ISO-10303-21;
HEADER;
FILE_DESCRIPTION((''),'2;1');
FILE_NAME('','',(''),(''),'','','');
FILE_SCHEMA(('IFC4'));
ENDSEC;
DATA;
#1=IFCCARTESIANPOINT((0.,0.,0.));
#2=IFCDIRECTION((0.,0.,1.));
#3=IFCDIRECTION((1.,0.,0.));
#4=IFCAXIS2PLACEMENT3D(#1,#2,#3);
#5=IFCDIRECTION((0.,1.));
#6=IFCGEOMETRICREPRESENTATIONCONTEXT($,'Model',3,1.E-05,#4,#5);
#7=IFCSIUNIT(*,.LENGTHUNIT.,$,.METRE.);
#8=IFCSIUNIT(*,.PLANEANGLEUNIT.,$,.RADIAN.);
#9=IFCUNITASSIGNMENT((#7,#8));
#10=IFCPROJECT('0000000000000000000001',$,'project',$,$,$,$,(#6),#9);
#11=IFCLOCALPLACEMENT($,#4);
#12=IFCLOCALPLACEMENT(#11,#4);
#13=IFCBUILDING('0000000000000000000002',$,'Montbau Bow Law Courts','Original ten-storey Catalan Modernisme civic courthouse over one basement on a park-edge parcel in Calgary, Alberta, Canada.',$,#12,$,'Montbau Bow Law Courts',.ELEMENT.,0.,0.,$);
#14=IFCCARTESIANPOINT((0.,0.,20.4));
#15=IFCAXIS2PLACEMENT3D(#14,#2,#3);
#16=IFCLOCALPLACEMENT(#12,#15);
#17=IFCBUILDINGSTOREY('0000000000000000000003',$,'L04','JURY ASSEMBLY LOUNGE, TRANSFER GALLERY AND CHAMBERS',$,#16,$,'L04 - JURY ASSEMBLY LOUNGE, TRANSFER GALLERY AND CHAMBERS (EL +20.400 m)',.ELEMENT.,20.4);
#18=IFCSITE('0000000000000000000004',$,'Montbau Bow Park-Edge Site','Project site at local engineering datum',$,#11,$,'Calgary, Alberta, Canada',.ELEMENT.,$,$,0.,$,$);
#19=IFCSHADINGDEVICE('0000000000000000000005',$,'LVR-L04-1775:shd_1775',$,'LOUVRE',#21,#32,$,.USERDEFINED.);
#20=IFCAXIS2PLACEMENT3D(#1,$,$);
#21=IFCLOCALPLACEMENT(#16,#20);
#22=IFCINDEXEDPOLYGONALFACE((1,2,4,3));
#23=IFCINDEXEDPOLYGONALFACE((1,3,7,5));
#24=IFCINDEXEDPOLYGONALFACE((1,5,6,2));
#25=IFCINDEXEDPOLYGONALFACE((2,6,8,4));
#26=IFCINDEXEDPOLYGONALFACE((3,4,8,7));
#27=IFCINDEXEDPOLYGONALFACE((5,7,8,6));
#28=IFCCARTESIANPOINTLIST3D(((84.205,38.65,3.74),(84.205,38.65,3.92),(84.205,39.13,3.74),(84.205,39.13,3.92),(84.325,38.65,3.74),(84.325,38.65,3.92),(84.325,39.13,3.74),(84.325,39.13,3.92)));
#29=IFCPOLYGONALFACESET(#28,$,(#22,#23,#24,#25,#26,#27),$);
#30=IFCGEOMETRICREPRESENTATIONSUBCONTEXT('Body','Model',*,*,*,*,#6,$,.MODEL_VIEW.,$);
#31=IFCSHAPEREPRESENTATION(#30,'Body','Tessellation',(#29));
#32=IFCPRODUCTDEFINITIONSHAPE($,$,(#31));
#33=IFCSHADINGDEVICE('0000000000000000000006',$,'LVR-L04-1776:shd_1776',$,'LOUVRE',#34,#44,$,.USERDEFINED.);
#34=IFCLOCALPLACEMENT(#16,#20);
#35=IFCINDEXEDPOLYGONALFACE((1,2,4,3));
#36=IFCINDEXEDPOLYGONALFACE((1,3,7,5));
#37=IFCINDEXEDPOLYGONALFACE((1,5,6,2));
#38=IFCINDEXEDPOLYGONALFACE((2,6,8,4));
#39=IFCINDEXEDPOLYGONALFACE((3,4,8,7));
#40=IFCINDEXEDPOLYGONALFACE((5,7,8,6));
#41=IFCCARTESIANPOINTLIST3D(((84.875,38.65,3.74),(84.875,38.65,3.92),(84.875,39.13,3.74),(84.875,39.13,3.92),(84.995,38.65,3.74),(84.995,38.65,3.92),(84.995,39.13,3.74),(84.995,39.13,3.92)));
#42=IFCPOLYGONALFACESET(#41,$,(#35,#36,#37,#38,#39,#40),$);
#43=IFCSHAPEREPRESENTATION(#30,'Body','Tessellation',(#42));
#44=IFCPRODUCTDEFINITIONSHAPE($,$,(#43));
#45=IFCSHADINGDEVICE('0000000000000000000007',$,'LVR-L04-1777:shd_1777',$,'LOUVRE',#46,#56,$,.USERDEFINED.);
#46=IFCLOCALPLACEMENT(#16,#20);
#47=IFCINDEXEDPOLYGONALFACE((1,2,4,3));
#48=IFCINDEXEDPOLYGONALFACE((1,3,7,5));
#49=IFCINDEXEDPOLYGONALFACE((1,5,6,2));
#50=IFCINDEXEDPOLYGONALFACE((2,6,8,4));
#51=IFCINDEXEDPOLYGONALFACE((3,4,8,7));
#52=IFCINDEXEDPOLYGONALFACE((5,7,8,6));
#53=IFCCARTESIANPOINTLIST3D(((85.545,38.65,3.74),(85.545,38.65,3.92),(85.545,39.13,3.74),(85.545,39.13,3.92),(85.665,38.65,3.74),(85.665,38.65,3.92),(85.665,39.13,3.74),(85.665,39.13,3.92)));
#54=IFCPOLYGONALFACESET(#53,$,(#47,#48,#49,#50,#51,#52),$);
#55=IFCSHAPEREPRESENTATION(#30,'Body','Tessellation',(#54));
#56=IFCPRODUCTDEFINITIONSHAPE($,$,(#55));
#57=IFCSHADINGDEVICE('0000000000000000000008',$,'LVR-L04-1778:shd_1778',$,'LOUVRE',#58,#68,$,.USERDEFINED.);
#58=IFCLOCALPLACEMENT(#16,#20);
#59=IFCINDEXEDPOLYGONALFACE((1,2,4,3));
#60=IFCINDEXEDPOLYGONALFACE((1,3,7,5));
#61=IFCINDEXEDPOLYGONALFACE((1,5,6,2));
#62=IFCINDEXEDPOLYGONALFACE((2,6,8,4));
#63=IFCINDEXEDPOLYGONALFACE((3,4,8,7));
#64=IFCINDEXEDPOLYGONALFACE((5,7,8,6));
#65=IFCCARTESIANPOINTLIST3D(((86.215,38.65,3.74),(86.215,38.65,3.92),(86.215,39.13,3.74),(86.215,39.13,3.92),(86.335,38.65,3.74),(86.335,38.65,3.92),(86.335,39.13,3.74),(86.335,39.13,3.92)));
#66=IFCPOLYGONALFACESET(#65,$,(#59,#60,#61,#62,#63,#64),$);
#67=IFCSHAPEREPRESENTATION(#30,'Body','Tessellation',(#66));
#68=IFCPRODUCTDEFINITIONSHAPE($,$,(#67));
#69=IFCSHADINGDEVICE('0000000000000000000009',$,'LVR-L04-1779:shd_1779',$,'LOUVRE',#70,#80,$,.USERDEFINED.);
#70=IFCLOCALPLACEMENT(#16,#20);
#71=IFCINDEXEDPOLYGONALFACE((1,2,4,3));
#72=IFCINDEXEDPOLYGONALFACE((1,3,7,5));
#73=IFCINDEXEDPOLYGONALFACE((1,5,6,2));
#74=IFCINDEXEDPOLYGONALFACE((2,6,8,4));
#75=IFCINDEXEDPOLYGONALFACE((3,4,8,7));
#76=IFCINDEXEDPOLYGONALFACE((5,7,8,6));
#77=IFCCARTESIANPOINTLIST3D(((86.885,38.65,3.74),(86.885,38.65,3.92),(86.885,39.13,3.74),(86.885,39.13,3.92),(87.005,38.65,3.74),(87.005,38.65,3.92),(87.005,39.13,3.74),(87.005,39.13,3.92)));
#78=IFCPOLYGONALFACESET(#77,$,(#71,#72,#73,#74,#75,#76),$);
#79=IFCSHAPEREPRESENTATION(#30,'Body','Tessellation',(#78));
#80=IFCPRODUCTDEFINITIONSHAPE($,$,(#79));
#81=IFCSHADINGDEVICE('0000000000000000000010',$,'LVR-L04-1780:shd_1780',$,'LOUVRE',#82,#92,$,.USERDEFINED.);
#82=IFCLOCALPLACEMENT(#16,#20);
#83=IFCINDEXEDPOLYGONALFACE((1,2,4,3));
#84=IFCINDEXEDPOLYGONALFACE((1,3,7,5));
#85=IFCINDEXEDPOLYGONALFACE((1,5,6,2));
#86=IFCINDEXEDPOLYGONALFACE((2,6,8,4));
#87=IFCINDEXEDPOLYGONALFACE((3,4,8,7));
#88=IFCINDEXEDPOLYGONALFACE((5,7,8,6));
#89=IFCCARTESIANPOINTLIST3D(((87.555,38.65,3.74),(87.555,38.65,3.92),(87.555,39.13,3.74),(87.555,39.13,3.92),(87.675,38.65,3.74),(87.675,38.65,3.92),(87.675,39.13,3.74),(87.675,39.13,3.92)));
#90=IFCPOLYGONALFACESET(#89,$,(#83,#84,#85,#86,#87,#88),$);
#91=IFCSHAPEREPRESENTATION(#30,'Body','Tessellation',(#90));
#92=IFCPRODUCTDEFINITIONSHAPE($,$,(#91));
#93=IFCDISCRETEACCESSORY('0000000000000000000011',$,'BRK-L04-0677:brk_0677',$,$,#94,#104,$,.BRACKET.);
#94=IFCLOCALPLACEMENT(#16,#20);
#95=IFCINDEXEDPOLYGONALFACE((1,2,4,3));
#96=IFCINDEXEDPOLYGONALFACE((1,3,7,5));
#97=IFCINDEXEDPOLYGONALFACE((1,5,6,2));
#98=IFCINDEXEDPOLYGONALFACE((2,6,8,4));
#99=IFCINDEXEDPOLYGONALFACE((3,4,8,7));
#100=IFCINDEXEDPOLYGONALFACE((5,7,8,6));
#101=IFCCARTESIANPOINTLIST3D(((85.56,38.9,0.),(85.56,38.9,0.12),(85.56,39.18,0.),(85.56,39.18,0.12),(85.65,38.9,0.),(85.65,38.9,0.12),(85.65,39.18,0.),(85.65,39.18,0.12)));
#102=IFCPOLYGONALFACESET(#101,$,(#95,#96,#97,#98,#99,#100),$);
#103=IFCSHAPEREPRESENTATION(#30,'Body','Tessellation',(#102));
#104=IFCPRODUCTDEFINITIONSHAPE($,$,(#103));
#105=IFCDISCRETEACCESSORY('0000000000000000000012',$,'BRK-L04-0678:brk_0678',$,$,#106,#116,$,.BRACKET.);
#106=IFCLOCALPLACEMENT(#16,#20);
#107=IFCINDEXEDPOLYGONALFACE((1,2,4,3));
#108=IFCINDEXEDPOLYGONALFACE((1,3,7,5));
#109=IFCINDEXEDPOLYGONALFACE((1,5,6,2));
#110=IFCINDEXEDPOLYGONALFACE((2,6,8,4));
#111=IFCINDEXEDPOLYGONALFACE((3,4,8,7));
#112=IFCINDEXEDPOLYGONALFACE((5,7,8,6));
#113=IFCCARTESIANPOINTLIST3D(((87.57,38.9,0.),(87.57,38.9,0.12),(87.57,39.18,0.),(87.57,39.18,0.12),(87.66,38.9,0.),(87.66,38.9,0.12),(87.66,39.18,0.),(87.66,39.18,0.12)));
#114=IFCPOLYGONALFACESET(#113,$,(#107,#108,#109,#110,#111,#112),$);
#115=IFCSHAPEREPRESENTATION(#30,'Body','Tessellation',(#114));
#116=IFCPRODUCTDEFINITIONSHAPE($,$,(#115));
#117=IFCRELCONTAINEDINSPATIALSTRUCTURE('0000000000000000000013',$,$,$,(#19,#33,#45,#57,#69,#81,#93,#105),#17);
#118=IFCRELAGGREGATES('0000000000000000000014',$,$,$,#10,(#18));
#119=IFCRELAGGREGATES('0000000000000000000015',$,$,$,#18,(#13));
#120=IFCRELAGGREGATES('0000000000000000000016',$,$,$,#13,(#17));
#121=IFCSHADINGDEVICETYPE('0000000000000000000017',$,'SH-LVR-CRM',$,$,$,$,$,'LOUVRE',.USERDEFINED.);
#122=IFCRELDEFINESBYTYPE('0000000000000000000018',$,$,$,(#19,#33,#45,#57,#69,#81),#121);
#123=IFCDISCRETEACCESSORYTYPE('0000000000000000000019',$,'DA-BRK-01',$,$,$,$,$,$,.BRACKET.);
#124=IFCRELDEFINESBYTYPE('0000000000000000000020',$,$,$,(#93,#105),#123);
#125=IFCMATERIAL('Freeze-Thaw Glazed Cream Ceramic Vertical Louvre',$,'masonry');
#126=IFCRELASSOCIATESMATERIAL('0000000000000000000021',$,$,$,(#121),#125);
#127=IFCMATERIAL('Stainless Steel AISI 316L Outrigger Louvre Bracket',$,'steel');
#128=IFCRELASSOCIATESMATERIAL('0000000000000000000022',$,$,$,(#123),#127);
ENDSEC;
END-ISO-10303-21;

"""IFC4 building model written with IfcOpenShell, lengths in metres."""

from ifc_helpers import new_model, si_unit, direction, frame, origin_with_axes, origin_2d_with_axis, place, context, subcontext, project, spatial, rectangle, extrude, material, type_object, element, save


model = new_model("IFC4")

# Units and contexts
model_context = context("Model", 3, precision=1e-05, world=origin_with_axes(), true_north=direction((0.0, 1.0)))
body_context = subcontext(model_context, "Body", "Model", "MODEL_VIEW")
ifc_project = project(units=[si_unit("LENGTHUNIT", "METRE"), si_unit("PLANEANGLEUNIT", "RADIAN")], contexts=[model_context])

# Site, building, storey
site_placement = place(None, origin_with_axes())
site = spatial("IfcSite", under=ifc_project, at=site_placement, Name="Montbau Bow Park-Edge Site", Description="Project site at local engineering datum", LongName="Calgary, Alberta, Canada", CompositionType="ELEMENT", RefElevation=0.0)
building_placement = place(site_placement, origin_with_axes())
building = spatial("IfcBuilding", under=site, at=building_placement, Name="Montbau Bow Law Courts", Description="Original ten-storey Catalan Modernisme civic courthouse over one basement on a park-edge parcel in Calgary, Alberta, Canada.", LongName="Montbau Bow Law Courts", CompositionType="ELEMENT", ElevationOfRefHeight=0.0, ElevationOfTerrain=0.0)
storey_placement = place(building_placement, frame((0.0, 0.0, 20.4), z_axis=(0.0, 0.0, 1.0), x_axis=(1.0, 0.0, 0.0)))
storey = spatial("IfcBuildingStorey", under=building, at=storey_placement, Name="L04", Description="JURY ASSEMBLY LOUNGE, TRANSFER GALLERY AND CHAMBERS", LongName="L04 - JURY ASSEMBLY LOUNGE, TRANSFER GALLERY AND CHAMBERS (EL +20.400 m)", CompositionType="ELEMENT", Elevation=20.4)

# Shading devices
ifc_material_1 = material(Name="Freeze-Thaw Glazed Cream Ceramic Vertical Louvre", Category="masonry")
shading_device_type = type_object("IfcShadingDeviceType", Name="SH-LVR-CRM", ElementType="LOUVRE", PredefinedType="USERDEFINED", material=ifc_material_1)
for number, where, z_axis, x_axis, name in (
    (1, (84.265, 38.89, 24.14), (0.0, 0.0, 1.0), (0.0, -1.0, 0.0), "LVR-L04-1775:shd_1775"),
    (2, (84.935, 38.89, 24.14), (0.0, 0.0, 1.0), (0.0, -1.0, 0.0), "LVR-L04-1776:shd_1776"),
    (3, (85.605, 38.89, 24.14), (0.0, 0.0, 1.0), (0.0, -1.0, 0.0), "LVR-L04-1777:shd_1777"),
    (4, (86.275, 38.89, 24.14), (0.0, 0.0, 1.0), (0.0, -1.0, 0.0), "LVR-L04-1778:shd_1778"),
    (5, (86.945, 38.89, 24.14), (0.0, 0.0, 1.0), (0.0, -1.0, 0.0), "LVR-L04-1779:shd_1779"),
    (6, (87.615, 38.89, 24.14), (0.0, 0.0, 1.0), (0.0, -1.0, 0.0), "LVR-L04-1780:shd_1780"),
):
    element("IfcShadingDevice", number, at=place(None, frame(where, z_axis=z_axis, x_axis=x_axis)), inside=storey, type_object=shading_device_type, Name=name, ObjectType="LOUVRE", PredefinedType="USERDEFINED", context=body_context, shape_type="SweptSolid", body=[
        extrude(rectangle(XDim=0.48, YDim=0.12, at=origin_2d_with_axis()), origin_with_axes(), (0.0, 0.0, 1.0), 0.18),
    ])

# Discrete accessories
ifc_material_2 = material(Name="Stainless Steel AISI 316L Outrigger Louvre Bracket", Category="steel")
discrete_accessory_type = type_object("IfcDiscreteAccessoryType", Name="DA-BRK-01", PredefinedType="BRACKET", material=ifc_material_2)
for number, where, z_axis, x_axis, name in (
    (7, (85.605, 39.04, 20.4), (0.0, 0.0, 1.0), (0.0, -1.0, 0.0), "BRK-L04-0677:brk_0677"),
    (8, (87.615, 39.04, 20.4), (0.0, 0.0, 1.0), (0.0, -1.0, 0.0), "BRK-L04-0678:brk_0678"),
):
    element("IfcDiscreteAccessory", number, at=place(None, frame(where, z_axis=z_axis, x_axis=x_axis)), inside=storey, type_object=discrete_accessory_type, Name=name, PredefinedType="BRACKET", context=body_context, shape_type="SweptSolid", body=[
        extrude(rectangle(XDim=0.28, YDim=0.09, at=origin_2d_with_axis()), origin_with_axes(), (0.0, 0.0, 1.0), 0.12),
    ])

save(model, "model.ifc")
